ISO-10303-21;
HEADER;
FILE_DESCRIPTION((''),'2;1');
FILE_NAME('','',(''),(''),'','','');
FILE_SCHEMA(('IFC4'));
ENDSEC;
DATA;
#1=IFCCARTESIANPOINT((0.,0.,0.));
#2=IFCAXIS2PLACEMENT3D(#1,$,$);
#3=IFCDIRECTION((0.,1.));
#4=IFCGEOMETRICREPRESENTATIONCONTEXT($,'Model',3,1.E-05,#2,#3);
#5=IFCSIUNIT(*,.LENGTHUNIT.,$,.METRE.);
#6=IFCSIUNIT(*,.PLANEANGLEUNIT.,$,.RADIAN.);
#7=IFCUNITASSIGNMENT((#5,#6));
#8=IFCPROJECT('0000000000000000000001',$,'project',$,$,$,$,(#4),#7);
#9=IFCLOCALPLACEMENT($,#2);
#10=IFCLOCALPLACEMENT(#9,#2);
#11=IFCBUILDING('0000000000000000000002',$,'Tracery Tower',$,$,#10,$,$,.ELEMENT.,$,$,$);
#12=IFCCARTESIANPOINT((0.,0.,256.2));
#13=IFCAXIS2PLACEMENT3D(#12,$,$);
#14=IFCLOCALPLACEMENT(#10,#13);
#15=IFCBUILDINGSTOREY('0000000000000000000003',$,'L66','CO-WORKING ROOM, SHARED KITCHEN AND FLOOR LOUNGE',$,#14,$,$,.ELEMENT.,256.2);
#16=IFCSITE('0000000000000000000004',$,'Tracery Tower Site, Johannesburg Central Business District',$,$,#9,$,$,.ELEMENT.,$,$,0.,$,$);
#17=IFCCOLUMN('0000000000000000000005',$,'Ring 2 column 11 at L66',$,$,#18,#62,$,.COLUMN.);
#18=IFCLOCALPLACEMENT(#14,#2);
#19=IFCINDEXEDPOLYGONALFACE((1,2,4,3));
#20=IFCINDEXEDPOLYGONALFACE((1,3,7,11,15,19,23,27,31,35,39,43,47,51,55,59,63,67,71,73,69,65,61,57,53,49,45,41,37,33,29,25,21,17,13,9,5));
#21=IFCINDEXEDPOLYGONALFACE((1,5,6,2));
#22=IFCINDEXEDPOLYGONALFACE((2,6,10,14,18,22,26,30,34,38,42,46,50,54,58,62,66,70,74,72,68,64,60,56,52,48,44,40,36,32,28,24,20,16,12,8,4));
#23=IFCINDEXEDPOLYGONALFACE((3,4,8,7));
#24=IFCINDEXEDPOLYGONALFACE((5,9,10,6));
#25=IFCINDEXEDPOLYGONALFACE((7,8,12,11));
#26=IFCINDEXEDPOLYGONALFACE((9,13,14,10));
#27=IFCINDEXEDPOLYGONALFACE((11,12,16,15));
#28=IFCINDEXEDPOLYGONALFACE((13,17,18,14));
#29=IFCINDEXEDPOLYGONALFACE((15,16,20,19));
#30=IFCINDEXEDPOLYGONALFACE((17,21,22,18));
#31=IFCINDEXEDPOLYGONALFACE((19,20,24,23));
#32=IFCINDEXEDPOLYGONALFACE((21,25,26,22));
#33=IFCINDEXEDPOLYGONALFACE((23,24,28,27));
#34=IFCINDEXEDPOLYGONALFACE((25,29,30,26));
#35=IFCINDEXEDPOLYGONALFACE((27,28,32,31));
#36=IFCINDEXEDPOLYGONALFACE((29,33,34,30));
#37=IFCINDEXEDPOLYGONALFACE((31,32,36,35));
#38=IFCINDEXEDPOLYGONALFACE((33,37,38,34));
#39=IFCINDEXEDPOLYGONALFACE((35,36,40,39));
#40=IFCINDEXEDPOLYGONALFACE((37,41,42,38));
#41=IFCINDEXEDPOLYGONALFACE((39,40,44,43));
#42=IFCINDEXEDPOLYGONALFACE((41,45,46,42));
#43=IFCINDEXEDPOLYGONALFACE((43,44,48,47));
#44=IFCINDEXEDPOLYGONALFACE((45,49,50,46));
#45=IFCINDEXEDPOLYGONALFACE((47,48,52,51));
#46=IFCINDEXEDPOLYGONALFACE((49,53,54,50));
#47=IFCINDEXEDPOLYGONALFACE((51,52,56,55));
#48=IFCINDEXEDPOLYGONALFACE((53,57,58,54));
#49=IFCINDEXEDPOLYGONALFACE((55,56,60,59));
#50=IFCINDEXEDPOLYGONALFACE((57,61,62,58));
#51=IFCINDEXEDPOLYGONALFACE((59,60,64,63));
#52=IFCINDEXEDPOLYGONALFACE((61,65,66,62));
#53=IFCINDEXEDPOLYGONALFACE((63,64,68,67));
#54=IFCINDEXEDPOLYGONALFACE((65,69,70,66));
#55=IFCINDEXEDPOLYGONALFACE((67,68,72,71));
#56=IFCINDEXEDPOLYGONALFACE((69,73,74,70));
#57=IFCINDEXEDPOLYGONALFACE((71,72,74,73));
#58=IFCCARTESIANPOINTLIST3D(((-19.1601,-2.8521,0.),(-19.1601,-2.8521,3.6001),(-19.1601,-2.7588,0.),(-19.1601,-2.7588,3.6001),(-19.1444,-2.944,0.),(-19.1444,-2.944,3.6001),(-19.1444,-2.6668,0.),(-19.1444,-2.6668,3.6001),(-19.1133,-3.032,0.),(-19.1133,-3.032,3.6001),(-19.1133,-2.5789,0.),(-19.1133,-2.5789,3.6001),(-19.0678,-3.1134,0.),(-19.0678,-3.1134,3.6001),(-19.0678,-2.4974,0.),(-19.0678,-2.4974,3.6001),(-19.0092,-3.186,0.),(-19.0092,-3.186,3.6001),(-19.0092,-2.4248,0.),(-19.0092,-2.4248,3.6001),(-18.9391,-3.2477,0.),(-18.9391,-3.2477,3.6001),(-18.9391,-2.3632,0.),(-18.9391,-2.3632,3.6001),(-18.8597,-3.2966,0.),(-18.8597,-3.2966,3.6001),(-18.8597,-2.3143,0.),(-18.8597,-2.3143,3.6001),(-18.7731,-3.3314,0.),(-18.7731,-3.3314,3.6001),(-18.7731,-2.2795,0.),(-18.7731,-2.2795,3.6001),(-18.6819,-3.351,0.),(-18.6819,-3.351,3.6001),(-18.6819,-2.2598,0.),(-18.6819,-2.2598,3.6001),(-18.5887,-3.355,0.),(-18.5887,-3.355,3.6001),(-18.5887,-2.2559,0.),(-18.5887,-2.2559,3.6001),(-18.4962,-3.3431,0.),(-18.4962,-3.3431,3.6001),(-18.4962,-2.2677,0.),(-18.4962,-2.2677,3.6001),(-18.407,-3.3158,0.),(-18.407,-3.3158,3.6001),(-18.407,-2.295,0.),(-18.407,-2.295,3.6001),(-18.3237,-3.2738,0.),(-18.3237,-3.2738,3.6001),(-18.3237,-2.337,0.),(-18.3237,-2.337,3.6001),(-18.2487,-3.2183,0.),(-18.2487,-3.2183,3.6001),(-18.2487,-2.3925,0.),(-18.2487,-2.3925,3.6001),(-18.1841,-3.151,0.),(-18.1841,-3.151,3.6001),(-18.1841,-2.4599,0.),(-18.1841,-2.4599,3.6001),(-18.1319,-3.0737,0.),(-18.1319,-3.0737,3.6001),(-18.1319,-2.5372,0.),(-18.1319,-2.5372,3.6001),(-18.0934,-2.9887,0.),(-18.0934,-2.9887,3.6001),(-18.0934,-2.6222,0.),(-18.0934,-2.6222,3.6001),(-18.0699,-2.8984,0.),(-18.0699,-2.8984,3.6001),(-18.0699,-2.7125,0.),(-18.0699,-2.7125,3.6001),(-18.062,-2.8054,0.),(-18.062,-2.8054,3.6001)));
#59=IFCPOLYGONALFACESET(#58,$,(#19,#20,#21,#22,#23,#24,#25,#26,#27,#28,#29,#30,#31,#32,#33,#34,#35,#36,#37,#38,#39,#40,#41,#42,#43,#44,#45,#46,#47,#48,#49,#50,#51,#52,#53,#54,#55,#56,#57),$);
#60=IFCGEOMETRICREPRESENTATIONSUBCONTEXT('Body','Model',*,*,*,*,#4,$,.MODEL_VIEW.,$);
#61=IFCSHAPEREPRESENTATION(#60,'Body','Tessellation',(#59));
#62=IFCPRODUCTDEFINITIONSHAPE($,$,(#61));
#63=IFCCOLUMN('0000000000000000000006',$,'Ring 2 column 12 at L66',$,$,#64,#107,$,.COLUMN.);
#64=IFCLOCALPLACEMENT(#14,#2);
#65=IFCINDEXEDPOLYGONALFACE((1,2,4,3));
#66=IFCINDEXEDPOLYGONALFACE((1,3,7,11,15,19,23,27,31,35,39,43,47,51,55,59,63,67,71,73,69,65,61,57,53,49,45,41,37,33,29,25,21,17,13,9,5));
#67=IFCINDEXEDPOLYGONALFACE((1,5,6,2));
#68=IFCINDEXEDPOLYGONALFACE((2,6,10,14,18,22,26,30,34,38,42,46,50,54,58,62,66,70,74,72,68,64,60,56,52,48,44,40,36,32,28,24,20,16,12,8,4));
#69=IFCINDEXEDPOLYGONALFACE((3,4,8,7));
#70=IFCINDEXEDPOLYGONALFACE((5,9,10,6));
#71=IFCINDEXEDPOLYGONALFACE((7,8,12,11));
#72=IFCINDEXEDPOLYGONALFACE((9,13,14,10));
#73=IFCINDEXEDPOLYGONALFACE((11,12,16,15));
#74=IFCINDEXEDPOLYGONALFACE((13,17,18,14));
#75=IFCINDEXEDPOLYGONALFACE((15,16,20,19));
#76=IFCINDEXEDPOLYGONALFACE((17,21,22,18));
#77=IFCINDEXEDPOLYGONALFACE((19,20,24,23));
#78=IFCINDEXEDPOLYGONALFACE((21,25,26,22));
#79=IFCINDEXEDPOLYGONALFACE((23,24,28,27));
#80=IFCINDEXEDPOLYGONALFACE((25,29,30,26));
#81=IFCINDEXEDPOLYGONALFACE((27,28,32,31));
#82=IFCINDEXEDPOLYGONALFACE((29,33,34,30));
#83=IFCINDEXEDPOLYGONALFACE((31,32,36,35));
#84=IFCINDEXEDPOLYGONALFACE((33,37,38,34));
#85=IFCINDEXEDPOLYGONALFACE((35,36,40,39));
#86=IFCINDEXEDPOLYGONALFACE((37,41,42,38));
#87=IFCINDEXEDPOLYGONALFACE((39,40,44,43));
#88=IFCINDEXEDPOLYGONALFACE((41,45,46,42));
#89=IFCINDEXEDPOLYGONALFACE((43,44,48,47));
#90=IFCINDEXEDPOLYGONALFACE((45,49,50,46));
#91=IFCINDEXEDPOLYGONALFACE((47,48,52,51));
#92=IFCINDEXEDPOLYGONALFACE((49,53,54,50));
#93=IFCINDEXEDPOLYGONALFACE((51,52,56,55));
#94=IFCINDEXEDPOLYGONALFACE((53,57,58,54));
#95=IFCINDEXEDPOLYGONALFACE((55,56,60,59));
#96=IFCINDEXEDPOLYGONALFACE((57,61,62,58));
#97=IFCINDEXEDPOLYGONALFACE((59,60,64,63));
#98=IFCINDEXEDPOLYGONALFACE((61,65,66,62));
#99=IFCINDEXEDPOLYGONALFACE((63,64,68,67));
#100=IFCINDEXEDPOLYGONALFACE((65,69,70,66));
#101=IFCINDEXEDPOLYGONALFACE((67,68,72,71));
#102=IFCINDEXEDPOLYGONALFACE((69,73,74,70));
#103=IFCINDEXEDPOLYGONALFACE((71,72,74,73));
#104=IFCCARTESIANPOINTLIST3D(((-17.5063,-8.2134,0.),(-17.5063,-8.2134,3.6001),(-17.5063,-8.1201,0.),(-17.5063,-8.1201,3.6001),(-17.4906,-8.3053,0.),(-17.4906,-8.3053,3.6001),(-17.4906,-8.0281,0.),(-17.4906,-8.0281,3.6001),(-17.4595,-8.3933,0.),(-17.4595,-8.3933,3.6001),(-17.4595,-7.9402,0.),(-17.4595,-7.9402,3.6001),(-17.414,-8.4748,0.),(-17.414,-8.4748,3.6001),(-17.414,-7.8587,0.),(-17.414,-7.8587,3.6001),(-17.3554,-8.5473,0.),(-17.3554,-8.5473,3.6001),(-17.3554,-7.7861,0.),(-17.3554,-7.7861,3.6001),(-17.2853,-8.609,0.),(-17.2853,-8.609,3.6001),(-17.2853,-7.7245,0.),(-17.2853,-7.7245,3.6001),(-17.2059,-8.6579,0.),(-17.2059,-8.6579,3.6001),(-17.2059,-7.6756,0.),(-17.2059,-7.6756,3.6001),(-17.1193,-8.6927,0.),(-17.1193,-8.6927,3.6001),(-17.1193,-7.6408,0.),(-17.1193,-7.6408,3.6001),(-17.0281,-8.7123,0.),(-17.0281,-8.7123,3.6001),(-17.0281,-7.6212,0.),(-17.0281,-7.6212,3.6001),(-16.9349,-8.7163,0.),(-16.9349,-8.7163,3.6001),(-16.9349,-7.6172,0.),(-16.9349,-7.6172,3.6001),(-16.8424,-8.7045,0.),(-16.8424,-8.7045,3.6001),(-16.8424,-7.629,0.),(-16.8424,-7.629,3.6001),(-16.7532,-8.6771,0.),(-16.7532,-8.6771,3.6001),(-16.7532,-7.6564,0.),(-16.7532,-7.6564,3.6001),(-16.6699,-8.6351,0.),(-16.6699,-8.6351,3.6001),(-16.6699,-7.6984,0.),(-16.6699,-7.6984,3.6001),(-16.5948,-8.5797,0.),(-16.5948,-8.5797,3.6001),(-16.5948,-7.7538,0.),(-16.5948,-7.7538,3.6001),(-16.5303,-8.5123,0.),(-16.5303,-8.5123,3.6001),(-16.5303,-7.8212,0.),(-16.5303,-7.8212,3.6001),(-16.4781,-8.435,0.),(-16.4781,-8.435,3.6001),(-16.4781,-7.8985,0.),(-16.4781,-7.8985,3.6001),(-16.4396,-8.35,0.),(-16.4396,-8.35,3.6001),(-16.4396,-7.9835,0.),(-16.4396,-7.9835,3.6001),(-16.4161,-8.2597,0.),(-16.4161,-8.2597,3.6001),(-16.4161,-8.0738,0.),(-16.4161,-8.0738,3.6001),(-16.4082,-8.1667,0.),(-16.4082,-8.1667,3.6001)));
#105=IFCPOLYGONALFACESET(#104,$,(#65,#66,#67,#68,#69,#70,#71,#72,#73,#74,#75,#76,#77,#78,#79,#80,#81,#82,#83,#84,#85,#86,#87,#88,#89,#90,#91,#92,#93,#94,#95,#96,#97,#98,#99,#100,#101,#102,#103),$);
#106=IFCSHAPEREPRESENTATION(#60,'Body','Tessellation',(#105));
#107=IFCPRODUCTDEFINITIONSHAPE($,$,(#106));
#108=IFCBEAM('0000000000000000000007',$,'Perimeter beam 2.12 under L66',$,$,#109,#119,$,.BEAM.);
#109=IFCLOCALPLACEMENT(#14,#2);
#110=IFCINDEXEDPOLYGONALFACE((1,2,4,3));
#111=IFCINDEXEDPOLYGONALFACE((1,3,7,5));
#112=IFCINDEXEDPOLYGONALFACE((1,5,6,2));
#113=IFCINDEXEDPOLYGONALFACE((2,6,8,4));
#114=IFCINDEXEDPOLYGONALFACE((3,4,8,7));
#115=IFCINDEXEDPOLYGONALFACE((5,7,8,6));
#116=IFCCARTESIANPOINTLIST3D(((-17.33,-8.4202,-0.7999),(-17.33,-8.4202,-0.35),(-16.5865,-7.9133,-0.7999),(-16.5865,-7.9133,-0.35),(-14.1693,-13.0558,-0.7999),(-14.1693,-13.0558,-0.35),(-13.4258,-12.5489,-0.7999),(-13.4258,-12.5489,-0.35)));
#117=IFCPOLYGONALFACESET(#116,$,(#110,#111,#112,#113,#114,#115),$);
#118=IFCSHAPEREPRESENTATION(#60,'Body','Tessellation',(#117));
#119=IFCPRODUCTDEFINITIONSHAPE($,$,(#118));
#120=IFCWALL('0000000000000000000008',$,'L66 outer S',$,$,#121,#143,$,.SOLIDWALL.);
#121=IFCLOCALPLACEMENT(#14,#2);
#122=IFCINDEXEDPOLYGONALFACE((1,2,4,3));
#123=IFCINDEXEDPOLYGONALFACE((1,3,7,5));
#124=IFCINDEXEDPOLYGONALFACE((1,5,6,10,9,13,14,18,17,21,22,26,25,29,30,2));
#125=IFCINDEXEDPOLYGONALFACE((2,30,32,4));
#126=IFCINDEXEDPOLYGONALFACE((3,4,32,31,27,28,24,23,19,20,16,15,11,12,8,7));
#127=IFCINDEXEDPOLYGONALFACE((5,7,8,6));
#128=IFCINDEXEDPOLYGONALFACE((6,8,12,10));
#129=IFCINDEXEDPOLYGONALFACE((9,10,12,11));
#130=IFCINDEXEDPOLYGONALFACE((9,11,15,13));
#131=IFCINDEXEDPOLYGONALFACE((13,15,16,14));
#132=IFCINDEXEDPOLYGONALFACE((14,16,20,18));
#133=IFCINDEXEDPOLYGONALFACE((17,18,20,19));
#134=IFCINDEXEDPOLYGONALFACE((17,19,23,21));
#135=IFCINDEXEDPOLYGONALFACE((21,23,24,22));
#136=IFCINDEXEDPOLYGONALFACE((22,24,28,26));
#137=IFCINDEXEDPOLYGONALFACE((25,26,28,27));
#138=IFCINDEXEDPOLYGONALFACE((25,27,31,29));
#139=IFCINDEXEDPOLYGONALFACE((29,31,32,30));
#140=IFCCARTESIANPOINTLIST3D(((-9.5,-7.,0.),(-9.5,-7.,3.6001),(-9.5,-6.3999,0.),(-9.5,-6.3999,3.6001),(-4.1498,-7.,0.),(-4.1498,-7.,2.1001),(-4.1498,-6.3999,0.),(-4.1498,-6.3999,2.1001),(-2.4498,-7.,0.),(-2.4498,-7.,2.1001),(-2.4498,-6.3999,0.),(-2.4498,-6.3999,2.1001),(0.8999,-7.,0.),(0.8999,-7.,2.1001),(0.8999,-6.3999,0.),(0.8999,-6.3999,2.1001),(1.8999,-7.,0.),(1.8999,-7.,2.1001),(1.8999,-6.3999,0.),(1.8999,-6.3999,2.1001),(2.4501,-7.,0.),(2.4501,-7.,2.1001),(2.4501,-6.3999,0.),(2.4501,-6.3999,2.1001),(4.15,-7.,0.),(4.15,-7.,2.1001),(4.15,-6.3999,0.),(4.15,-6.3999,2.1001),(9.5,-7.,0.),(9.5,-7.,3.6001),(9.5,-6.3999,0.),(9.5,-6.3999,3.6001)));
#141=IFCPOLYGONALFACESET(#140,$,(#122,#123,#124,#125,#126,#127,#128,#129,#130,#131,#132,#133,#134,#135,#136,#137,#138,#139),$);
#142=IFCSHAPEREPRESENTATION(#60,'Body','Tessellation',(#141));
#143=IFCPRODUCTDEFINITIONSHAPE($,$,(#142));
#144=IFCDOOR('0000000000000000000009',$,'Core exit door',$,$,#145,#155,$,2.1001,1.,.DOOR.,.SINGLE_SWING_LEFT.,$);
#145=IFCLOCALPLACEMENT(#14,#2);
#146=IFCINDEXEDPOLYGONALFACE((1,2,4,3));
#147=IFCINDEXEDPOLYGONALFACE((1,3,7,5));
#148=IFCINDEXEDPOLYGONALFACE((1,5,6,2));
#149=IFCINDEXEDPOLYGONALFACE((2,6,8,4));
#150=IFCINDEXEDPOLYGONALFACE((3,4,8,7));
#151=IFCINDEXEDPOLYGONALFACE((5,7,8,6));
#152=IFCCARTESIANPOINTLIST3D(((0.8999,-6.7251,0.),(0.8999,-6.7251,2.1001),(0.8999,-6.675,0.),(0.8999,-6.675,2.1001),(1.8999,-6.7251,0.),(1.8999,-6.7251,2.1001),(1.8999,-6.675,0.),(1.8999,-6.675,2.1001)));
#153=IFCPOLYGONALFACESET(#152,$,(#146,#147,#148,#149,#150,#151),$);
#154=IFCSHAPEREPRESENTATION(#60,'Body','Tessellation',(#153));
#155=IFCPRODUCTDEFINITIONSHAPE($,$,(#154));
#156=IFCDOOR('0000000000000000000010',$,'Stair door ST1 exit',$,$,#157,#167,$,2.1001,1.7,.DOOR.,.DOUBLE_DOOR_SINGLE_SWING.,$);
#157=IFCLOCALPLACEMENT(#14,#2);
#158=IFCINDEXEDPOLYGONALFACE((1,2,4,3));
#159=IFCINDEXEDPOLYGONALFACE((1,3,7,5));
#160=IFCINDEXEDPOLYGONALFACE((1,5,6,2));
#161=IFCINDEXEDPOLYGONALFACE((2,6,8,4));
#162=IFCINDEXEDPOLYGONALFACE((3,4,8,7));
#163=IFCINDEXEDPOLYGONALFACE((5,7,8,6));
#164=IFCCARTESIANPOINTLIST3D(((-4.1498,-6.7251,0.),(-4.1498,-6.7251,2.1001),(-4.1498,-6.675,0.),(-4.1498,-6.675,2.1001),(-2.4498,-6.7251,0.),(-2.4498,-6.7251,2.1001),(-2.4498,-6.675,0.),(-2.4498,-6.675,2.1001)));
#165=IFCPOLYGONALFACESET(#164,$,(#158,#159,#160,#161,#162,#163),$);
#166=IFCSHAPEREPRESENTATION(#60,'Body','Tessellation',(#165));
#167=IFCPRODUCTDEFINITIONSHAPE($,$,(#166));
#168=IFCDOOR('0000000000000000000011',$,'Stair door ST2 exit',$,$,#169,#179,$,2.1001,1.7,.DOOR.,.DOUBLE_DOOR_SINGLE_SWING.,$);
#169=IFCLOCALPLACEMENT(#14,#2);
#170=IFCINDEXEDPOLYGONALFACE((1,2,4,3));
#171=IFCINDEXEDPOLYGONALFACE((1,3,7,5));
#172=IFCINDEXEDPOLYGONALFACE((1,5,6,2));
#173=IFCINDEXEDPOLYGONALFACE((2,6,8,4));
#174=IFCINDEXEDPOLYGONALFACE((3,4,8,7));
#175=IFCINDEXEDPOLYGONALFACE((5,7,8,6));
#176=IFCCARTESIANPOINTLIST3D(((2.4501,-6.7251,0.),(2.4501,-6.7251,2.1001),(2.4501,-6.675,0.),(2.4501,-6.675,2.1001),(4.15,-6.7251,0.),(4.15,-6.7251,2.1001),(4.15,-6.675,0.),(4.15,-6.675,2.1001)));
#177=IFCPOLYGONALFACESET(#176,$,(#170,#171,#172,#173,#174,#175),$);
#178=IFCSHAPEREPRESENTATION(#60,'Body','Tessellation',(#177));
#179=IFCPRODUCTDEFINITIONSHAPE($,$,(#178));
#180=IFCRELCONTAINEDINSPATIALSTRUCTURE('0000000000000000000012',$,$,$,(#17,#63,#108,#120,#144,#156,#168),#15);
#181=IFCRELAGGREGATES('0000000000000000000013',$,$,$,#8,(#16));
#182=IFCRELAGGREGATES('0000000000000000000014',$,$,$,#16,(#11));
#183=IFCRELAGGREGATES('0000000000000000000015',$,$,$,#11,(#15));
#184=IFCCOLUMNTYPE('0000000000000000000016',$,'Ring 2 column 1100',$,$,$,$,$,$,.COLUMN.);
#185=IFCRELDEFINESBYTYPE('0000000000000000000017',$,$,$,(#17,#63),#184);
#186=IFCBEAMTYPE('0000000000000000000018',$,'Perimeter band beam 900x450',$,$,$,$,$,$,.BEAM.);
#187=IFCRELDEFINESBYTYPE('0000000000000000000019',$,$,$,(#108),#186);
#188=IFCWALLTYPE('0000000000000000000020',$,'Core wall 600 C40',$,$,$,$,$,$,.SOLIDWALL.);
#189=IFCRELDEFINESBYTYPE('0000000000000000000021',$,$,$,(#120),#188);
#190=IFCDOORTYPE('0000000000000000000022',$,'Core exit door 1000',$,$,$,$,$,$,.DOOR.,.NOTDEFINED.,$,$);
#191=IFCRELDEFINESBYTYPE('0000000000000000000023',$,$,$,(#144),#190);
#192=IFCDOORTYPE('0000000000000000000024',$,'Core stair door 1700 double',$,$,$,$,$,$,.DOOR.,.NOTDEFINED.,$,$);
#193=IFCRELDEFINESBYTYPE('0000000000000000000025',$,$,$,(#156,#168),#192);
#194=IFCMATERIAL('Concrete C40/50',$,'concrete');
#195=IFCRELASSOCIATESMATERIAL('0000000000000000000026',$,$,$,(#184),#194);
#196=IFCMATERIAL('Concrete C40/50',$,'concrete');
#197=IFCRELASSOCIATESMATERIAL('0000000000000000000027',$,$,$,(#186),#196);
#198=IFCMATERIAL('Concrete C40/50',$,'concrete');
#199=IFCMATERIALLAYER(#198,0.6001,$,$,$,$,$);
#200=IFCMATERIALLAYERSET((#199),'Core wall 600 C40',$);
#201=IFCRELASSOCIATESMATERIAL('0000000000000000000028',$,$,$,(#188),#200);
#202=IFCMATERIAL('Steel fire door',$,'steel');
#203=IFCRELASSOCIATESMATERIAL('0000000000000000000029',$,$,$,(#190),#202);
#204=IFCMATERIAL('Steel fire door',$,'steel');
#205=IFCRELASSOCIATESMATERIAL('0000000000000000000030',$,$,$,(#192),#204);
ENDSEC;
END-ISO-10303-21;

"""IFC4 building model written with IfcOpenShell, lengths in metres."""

from ifc_helpers import new_model, si_unit, direction, frame, frame_2d, origin, origin_2d, place, context, subcontext, project, spatial, rectangle, circle, extrude, material, layer, layer_set, material_profile, profile_set, type_object, element, fill, save


model = new_model("IFC4")

# Units and contexts
model_context = context("Model", 3, precision=1e-05, world=origin(), true_north=direction((0.0, 1.0)))
body_context = subcontext(model_context, "Body", "Model", "MODEL_VIEW")
ifc_project = project(units=[si_unit("LENGTHUNIT", "METRE"), si_unit("PLANEANGLEUNIT", "RADIAN")], contexts=[model_context])

# Site, building, storey
site_placement = place(None, origin())
site = spatial("IfcSite", under=ifc_project, at=site_placement, Name="Tracery Tower Site, Johannesburg Central Business District", CompositionType="ELEMENT", RefElevation=0.0)
building_placement = place(site_placement, origin())
building = spatial("IfcBuilding", under=site, at=building_placement, Name="Tracery Tower", CompositionType="ELEMENT")
storey_placement = place(building_placement, frame((0.0, 0.0, 256.2)))
storey = spatial("IfcBuildingStorey", under=building, at=storey_placement, Name="L66", Description="CO-WORKING ROOM, SHARED KITCHEN AND FLOOR LOUNGE", CompositionType="ELEMENT", Elevation=256.2)

# Columns
ifc_material_1 = material(Name="Concrete C40/50", Category="concrete")
ifc_material_profile_1 = material_profile(ifc_material_1, circle(Radius=0.55, at=origin_2d()), Name="RC D1100")
ifc_profile_set_1 = profile_set([ifc_material_profile_1], Name="Concrete C40/50")
column_type = type_object("IfcColumnType", Name="Ring 2 column 1100", PredefinedType="COLUMN", material=ifc_profile_set_1)
for number, where, z_axis, x_axis, name in (
    (1, (-18.6121, -2.8054, 0.0), (0.0, 0.0, 1.0), (1.0, 0.0, 0.0), "Ring 2 column 11 at L66"),
    (2, (-16.9583, -8.1667, 0.0), (0.0, 0.0, 1.0), (1.0, 0.0, 0.0), "Ring 2 column 12 at L66"),
):
    element("IfcColumn", number, at=place(storey_placement, frame(where, z_axis=z_axis, x_axis=x_axis)), inside=storey, type_object=column_type, Name=name, PredefinedType="COLUMN", context=body_context, shape_type="SweptSolid", body=[
        extrude(circle(Radius=0.55, at=origin_2d()), origin(), (0.0, 0.0, 1.0), 3.6001),
    ])

# Beam
ifc_material_2 = material(Name="Concrete C40/50", Category="concrete")
ifc_material_profile_2 = material_profile(ifc_material_2, rectangle(XDim=0.8999, YDim=0.45, at=origin_2d()), Name="RC 900x450")
ifc_profile_set_2 = profile_set([ifc_material_profile_2], Name="Concrete C40/50")
beam_type = type_object("IfcBeamType", Name="Perimeter band beam 900x450", PredefinedType="BEAM", material=ifc_profile_set_2)
beam_placement = place(storey_placement, frame((-16.9583, -8.1667, -0.575), z_axis=(0.563346, -0.826221, 0.0), x_axis=(0.826221, 0.563346, 0.0)))
element("IfcBeam", 3, at=beam_placement, inside=storey, type_object=beam_type, Name="Perimeter beam 2.12 under L66", PredefinedType="BEAM", context=body_context, shape_type="SweptSolid", body=[
    extrude(rectangle(XDim=0.8999, YDim=0.45, at=origin_2d()), origin(), (0.0, 0.0, 1.0), 5.6106),
])

# Wall, openings, doors
ifc_material_3 = material(Name="Concrete C40/50", Category="concrete")
ifc_layer_1 = layer(ifc_material_3, 0.6001)
ifc_layer_set_1 = layer_set([ifc_layer_1], Name="Core wall 600 C40")
wall_type_1 = type_object("IfcWallType", Name="Core wall 600 C40", PredefinedType="SOLIDWALL", material=ifc_layer_set_1)
wall_1_placement = place(storey_placement, frame((-9.5, -6.7, 0.0), z_axis=(0.0, 0.0, 1.0), x_axis=(1.0, 0.0, 0.0)))
wall_1 = element("IfcWall", 4, at=wall_1_placement, inside=storey, type_object=wall_type_1, Name="L66 outer S", PredefinedType="SOLIDWALL", context=body_context, shape_type="SweptSolid", body=[
    extrude(rectangle(XDim=19.0, YDim=0.6001, at=frame_2d((9.5, 0.0))), origin(), (0.0, 0.0, 1.0), 3.6001),
])
opening_1_placement = place(wall_1_placement, frame((10.3999, 0.0, 0.0)))
opening_1 = element("IfcOpeningElement", 5, at=opening_1_placement, cuts=wall_1, PredefinedType="OPENING", context=body_context, shape_type="SweptSolid", body=[
    extrude(rectangle(XDim=1.0, YDim=2.1001, at=frame_2d((0.5, 1.05))), frame((0.0, 0.3, 0.0), z_axis=(0.0, -1.0, 0.0), x_axis=(1.0, 0.0, 0.0)), (0.0, 0.0, 1.0), 0.6001),
])
opening_2_placement = place(wall_1_placement, frame((5.3501, 0.0, 0.0)))
opening_2 = element("IfcOpeningElement", 6, at=opening_2_placement, cuts=wall_1, PredefinedType="OPENING", context=body_context, shape_type="SweptSolid", body=[
    extrude(rectangle(XDim=1.7, YDim=2.1001, at=frame_2d((0.8501, 1.05))), frame((0.0, 0.3, 0.0), z_axis=(0.0, -1.0, 0.0), x_axis=(1.0, 0.0, 0.0)), (0.0, 0.0, 1.0), 0.6001),
])
opening_3_placement = place(wall_1_placement, frame((11.95, 0.0, 0.0)))
opening_3 = element("IfcOpeningElement", 7, at=opening_3_placement, cuts=wall_1, PredefinedType="OPENING", context=body_context, shape_type="SweptSolid", body=[
    extrude(rectangle(XDim=1.7, YDim=2.1001, at=frame_2d((0.8501, 1.05))), frame((0.0, 0.3, 0.0), z_axis=(0.0, -1.0, 0.0), x_axis=(1.0, 0.0, 0.0)), (0.0, 0.0, 1.0), 0.6001),
])
ifc_material_4 = material(Name="Steel fire door", Category="steel")
door_type_1 = type_object("IfcDoorType", Name="Core exit door 1000", OperationType="NOTDEFINED", PredefinedType="DOOR", material=ifc_material_4)
door_1_placement = place(opening_1_placement, origin())
door_1 = element("IfcDoor", 8, at=door_1_placement, inside=storey, type_object=door_type_1, Name="Core exit door", OperationType="SINGLE_SWING_LEFT", OverallHeight=2.1001, OverallWidth=1.0, PredefinedType="DOOR", context=body_context, shape_type="SweptSolid", body=[
    extrude(rectangle(XDim=1.0, YDim=2.1001, at=frame_2d((0.5, 1.05))), frame((0.0, 0.0249, 0.0), z_axis=(0.0, -1.0, 0.0), x_axis=(1.0, 0.0, 0.0)), (0.0, 0.0, 1.0), 0.05),
])
fill(opening_1, door_1)
ifc_material_5 = material(Name="Steel fire door", Category="steel")
door_type_2 = type_object("IfcDoorType", Name="Core stair door 1700 double", OperationType="NOTDEFINED", PredefinedType="DOOR", material=ifc_material_5)
door_2_placement = place(opening_2_placement, origin())
door_2 = element("IfcDoor", 9, at=door_2_placement, inside=storey, type_object=door_type_2, Name="Stair door ST1 exit", OperationType="DOUBLE_DOOR_SINGLE_SWING", OverallHeight=2.1001, OverallWidth=1.7, PredefinedType="DOOR", context=body_context, shape_type="SweptSolid", body=[
    extrude(rectangle(XDim=1.7, YDim=2.1001, at=frame_2d((0.8501, 1.05))), frame((0.0, 0.0249, 0.0), z_axis=(0.0, -1.0, 0.0), x_axis=(1.0, 0.0, 0.0)), (0.0, 0.0, 1.0), 0.05),
])
fill(opening_2, door_2)
door_3_placement = place(opening_3_placement, origin())
door_3 = element("IfcDoor", 10, at=door_3_placement, inside=storey, type_object=door_type_2, Name="Stair door ST2 exit", OperationType="DOUBLE_DOOR_SINGLE_SWING", OverallHeight=2.1001, OverallWidth=1.7, PredefinedType="DOOR", context=body_context, shape_type="SweptSolid", body=[
    extrude(rectangle(XDim=1.7, YDim=2.1001, at=frame_2d((0.8501, 1.05))), frame((0.0, 0.0249, 0.0), z_axis=(0.0, -1.0, 0.0), x_axis=(1.0, 0.0, 0.0)), (0.0, 0.0, 1.0), 0.05),
])
fill(opening_3, door_3)

save(model, "model.ifc")
